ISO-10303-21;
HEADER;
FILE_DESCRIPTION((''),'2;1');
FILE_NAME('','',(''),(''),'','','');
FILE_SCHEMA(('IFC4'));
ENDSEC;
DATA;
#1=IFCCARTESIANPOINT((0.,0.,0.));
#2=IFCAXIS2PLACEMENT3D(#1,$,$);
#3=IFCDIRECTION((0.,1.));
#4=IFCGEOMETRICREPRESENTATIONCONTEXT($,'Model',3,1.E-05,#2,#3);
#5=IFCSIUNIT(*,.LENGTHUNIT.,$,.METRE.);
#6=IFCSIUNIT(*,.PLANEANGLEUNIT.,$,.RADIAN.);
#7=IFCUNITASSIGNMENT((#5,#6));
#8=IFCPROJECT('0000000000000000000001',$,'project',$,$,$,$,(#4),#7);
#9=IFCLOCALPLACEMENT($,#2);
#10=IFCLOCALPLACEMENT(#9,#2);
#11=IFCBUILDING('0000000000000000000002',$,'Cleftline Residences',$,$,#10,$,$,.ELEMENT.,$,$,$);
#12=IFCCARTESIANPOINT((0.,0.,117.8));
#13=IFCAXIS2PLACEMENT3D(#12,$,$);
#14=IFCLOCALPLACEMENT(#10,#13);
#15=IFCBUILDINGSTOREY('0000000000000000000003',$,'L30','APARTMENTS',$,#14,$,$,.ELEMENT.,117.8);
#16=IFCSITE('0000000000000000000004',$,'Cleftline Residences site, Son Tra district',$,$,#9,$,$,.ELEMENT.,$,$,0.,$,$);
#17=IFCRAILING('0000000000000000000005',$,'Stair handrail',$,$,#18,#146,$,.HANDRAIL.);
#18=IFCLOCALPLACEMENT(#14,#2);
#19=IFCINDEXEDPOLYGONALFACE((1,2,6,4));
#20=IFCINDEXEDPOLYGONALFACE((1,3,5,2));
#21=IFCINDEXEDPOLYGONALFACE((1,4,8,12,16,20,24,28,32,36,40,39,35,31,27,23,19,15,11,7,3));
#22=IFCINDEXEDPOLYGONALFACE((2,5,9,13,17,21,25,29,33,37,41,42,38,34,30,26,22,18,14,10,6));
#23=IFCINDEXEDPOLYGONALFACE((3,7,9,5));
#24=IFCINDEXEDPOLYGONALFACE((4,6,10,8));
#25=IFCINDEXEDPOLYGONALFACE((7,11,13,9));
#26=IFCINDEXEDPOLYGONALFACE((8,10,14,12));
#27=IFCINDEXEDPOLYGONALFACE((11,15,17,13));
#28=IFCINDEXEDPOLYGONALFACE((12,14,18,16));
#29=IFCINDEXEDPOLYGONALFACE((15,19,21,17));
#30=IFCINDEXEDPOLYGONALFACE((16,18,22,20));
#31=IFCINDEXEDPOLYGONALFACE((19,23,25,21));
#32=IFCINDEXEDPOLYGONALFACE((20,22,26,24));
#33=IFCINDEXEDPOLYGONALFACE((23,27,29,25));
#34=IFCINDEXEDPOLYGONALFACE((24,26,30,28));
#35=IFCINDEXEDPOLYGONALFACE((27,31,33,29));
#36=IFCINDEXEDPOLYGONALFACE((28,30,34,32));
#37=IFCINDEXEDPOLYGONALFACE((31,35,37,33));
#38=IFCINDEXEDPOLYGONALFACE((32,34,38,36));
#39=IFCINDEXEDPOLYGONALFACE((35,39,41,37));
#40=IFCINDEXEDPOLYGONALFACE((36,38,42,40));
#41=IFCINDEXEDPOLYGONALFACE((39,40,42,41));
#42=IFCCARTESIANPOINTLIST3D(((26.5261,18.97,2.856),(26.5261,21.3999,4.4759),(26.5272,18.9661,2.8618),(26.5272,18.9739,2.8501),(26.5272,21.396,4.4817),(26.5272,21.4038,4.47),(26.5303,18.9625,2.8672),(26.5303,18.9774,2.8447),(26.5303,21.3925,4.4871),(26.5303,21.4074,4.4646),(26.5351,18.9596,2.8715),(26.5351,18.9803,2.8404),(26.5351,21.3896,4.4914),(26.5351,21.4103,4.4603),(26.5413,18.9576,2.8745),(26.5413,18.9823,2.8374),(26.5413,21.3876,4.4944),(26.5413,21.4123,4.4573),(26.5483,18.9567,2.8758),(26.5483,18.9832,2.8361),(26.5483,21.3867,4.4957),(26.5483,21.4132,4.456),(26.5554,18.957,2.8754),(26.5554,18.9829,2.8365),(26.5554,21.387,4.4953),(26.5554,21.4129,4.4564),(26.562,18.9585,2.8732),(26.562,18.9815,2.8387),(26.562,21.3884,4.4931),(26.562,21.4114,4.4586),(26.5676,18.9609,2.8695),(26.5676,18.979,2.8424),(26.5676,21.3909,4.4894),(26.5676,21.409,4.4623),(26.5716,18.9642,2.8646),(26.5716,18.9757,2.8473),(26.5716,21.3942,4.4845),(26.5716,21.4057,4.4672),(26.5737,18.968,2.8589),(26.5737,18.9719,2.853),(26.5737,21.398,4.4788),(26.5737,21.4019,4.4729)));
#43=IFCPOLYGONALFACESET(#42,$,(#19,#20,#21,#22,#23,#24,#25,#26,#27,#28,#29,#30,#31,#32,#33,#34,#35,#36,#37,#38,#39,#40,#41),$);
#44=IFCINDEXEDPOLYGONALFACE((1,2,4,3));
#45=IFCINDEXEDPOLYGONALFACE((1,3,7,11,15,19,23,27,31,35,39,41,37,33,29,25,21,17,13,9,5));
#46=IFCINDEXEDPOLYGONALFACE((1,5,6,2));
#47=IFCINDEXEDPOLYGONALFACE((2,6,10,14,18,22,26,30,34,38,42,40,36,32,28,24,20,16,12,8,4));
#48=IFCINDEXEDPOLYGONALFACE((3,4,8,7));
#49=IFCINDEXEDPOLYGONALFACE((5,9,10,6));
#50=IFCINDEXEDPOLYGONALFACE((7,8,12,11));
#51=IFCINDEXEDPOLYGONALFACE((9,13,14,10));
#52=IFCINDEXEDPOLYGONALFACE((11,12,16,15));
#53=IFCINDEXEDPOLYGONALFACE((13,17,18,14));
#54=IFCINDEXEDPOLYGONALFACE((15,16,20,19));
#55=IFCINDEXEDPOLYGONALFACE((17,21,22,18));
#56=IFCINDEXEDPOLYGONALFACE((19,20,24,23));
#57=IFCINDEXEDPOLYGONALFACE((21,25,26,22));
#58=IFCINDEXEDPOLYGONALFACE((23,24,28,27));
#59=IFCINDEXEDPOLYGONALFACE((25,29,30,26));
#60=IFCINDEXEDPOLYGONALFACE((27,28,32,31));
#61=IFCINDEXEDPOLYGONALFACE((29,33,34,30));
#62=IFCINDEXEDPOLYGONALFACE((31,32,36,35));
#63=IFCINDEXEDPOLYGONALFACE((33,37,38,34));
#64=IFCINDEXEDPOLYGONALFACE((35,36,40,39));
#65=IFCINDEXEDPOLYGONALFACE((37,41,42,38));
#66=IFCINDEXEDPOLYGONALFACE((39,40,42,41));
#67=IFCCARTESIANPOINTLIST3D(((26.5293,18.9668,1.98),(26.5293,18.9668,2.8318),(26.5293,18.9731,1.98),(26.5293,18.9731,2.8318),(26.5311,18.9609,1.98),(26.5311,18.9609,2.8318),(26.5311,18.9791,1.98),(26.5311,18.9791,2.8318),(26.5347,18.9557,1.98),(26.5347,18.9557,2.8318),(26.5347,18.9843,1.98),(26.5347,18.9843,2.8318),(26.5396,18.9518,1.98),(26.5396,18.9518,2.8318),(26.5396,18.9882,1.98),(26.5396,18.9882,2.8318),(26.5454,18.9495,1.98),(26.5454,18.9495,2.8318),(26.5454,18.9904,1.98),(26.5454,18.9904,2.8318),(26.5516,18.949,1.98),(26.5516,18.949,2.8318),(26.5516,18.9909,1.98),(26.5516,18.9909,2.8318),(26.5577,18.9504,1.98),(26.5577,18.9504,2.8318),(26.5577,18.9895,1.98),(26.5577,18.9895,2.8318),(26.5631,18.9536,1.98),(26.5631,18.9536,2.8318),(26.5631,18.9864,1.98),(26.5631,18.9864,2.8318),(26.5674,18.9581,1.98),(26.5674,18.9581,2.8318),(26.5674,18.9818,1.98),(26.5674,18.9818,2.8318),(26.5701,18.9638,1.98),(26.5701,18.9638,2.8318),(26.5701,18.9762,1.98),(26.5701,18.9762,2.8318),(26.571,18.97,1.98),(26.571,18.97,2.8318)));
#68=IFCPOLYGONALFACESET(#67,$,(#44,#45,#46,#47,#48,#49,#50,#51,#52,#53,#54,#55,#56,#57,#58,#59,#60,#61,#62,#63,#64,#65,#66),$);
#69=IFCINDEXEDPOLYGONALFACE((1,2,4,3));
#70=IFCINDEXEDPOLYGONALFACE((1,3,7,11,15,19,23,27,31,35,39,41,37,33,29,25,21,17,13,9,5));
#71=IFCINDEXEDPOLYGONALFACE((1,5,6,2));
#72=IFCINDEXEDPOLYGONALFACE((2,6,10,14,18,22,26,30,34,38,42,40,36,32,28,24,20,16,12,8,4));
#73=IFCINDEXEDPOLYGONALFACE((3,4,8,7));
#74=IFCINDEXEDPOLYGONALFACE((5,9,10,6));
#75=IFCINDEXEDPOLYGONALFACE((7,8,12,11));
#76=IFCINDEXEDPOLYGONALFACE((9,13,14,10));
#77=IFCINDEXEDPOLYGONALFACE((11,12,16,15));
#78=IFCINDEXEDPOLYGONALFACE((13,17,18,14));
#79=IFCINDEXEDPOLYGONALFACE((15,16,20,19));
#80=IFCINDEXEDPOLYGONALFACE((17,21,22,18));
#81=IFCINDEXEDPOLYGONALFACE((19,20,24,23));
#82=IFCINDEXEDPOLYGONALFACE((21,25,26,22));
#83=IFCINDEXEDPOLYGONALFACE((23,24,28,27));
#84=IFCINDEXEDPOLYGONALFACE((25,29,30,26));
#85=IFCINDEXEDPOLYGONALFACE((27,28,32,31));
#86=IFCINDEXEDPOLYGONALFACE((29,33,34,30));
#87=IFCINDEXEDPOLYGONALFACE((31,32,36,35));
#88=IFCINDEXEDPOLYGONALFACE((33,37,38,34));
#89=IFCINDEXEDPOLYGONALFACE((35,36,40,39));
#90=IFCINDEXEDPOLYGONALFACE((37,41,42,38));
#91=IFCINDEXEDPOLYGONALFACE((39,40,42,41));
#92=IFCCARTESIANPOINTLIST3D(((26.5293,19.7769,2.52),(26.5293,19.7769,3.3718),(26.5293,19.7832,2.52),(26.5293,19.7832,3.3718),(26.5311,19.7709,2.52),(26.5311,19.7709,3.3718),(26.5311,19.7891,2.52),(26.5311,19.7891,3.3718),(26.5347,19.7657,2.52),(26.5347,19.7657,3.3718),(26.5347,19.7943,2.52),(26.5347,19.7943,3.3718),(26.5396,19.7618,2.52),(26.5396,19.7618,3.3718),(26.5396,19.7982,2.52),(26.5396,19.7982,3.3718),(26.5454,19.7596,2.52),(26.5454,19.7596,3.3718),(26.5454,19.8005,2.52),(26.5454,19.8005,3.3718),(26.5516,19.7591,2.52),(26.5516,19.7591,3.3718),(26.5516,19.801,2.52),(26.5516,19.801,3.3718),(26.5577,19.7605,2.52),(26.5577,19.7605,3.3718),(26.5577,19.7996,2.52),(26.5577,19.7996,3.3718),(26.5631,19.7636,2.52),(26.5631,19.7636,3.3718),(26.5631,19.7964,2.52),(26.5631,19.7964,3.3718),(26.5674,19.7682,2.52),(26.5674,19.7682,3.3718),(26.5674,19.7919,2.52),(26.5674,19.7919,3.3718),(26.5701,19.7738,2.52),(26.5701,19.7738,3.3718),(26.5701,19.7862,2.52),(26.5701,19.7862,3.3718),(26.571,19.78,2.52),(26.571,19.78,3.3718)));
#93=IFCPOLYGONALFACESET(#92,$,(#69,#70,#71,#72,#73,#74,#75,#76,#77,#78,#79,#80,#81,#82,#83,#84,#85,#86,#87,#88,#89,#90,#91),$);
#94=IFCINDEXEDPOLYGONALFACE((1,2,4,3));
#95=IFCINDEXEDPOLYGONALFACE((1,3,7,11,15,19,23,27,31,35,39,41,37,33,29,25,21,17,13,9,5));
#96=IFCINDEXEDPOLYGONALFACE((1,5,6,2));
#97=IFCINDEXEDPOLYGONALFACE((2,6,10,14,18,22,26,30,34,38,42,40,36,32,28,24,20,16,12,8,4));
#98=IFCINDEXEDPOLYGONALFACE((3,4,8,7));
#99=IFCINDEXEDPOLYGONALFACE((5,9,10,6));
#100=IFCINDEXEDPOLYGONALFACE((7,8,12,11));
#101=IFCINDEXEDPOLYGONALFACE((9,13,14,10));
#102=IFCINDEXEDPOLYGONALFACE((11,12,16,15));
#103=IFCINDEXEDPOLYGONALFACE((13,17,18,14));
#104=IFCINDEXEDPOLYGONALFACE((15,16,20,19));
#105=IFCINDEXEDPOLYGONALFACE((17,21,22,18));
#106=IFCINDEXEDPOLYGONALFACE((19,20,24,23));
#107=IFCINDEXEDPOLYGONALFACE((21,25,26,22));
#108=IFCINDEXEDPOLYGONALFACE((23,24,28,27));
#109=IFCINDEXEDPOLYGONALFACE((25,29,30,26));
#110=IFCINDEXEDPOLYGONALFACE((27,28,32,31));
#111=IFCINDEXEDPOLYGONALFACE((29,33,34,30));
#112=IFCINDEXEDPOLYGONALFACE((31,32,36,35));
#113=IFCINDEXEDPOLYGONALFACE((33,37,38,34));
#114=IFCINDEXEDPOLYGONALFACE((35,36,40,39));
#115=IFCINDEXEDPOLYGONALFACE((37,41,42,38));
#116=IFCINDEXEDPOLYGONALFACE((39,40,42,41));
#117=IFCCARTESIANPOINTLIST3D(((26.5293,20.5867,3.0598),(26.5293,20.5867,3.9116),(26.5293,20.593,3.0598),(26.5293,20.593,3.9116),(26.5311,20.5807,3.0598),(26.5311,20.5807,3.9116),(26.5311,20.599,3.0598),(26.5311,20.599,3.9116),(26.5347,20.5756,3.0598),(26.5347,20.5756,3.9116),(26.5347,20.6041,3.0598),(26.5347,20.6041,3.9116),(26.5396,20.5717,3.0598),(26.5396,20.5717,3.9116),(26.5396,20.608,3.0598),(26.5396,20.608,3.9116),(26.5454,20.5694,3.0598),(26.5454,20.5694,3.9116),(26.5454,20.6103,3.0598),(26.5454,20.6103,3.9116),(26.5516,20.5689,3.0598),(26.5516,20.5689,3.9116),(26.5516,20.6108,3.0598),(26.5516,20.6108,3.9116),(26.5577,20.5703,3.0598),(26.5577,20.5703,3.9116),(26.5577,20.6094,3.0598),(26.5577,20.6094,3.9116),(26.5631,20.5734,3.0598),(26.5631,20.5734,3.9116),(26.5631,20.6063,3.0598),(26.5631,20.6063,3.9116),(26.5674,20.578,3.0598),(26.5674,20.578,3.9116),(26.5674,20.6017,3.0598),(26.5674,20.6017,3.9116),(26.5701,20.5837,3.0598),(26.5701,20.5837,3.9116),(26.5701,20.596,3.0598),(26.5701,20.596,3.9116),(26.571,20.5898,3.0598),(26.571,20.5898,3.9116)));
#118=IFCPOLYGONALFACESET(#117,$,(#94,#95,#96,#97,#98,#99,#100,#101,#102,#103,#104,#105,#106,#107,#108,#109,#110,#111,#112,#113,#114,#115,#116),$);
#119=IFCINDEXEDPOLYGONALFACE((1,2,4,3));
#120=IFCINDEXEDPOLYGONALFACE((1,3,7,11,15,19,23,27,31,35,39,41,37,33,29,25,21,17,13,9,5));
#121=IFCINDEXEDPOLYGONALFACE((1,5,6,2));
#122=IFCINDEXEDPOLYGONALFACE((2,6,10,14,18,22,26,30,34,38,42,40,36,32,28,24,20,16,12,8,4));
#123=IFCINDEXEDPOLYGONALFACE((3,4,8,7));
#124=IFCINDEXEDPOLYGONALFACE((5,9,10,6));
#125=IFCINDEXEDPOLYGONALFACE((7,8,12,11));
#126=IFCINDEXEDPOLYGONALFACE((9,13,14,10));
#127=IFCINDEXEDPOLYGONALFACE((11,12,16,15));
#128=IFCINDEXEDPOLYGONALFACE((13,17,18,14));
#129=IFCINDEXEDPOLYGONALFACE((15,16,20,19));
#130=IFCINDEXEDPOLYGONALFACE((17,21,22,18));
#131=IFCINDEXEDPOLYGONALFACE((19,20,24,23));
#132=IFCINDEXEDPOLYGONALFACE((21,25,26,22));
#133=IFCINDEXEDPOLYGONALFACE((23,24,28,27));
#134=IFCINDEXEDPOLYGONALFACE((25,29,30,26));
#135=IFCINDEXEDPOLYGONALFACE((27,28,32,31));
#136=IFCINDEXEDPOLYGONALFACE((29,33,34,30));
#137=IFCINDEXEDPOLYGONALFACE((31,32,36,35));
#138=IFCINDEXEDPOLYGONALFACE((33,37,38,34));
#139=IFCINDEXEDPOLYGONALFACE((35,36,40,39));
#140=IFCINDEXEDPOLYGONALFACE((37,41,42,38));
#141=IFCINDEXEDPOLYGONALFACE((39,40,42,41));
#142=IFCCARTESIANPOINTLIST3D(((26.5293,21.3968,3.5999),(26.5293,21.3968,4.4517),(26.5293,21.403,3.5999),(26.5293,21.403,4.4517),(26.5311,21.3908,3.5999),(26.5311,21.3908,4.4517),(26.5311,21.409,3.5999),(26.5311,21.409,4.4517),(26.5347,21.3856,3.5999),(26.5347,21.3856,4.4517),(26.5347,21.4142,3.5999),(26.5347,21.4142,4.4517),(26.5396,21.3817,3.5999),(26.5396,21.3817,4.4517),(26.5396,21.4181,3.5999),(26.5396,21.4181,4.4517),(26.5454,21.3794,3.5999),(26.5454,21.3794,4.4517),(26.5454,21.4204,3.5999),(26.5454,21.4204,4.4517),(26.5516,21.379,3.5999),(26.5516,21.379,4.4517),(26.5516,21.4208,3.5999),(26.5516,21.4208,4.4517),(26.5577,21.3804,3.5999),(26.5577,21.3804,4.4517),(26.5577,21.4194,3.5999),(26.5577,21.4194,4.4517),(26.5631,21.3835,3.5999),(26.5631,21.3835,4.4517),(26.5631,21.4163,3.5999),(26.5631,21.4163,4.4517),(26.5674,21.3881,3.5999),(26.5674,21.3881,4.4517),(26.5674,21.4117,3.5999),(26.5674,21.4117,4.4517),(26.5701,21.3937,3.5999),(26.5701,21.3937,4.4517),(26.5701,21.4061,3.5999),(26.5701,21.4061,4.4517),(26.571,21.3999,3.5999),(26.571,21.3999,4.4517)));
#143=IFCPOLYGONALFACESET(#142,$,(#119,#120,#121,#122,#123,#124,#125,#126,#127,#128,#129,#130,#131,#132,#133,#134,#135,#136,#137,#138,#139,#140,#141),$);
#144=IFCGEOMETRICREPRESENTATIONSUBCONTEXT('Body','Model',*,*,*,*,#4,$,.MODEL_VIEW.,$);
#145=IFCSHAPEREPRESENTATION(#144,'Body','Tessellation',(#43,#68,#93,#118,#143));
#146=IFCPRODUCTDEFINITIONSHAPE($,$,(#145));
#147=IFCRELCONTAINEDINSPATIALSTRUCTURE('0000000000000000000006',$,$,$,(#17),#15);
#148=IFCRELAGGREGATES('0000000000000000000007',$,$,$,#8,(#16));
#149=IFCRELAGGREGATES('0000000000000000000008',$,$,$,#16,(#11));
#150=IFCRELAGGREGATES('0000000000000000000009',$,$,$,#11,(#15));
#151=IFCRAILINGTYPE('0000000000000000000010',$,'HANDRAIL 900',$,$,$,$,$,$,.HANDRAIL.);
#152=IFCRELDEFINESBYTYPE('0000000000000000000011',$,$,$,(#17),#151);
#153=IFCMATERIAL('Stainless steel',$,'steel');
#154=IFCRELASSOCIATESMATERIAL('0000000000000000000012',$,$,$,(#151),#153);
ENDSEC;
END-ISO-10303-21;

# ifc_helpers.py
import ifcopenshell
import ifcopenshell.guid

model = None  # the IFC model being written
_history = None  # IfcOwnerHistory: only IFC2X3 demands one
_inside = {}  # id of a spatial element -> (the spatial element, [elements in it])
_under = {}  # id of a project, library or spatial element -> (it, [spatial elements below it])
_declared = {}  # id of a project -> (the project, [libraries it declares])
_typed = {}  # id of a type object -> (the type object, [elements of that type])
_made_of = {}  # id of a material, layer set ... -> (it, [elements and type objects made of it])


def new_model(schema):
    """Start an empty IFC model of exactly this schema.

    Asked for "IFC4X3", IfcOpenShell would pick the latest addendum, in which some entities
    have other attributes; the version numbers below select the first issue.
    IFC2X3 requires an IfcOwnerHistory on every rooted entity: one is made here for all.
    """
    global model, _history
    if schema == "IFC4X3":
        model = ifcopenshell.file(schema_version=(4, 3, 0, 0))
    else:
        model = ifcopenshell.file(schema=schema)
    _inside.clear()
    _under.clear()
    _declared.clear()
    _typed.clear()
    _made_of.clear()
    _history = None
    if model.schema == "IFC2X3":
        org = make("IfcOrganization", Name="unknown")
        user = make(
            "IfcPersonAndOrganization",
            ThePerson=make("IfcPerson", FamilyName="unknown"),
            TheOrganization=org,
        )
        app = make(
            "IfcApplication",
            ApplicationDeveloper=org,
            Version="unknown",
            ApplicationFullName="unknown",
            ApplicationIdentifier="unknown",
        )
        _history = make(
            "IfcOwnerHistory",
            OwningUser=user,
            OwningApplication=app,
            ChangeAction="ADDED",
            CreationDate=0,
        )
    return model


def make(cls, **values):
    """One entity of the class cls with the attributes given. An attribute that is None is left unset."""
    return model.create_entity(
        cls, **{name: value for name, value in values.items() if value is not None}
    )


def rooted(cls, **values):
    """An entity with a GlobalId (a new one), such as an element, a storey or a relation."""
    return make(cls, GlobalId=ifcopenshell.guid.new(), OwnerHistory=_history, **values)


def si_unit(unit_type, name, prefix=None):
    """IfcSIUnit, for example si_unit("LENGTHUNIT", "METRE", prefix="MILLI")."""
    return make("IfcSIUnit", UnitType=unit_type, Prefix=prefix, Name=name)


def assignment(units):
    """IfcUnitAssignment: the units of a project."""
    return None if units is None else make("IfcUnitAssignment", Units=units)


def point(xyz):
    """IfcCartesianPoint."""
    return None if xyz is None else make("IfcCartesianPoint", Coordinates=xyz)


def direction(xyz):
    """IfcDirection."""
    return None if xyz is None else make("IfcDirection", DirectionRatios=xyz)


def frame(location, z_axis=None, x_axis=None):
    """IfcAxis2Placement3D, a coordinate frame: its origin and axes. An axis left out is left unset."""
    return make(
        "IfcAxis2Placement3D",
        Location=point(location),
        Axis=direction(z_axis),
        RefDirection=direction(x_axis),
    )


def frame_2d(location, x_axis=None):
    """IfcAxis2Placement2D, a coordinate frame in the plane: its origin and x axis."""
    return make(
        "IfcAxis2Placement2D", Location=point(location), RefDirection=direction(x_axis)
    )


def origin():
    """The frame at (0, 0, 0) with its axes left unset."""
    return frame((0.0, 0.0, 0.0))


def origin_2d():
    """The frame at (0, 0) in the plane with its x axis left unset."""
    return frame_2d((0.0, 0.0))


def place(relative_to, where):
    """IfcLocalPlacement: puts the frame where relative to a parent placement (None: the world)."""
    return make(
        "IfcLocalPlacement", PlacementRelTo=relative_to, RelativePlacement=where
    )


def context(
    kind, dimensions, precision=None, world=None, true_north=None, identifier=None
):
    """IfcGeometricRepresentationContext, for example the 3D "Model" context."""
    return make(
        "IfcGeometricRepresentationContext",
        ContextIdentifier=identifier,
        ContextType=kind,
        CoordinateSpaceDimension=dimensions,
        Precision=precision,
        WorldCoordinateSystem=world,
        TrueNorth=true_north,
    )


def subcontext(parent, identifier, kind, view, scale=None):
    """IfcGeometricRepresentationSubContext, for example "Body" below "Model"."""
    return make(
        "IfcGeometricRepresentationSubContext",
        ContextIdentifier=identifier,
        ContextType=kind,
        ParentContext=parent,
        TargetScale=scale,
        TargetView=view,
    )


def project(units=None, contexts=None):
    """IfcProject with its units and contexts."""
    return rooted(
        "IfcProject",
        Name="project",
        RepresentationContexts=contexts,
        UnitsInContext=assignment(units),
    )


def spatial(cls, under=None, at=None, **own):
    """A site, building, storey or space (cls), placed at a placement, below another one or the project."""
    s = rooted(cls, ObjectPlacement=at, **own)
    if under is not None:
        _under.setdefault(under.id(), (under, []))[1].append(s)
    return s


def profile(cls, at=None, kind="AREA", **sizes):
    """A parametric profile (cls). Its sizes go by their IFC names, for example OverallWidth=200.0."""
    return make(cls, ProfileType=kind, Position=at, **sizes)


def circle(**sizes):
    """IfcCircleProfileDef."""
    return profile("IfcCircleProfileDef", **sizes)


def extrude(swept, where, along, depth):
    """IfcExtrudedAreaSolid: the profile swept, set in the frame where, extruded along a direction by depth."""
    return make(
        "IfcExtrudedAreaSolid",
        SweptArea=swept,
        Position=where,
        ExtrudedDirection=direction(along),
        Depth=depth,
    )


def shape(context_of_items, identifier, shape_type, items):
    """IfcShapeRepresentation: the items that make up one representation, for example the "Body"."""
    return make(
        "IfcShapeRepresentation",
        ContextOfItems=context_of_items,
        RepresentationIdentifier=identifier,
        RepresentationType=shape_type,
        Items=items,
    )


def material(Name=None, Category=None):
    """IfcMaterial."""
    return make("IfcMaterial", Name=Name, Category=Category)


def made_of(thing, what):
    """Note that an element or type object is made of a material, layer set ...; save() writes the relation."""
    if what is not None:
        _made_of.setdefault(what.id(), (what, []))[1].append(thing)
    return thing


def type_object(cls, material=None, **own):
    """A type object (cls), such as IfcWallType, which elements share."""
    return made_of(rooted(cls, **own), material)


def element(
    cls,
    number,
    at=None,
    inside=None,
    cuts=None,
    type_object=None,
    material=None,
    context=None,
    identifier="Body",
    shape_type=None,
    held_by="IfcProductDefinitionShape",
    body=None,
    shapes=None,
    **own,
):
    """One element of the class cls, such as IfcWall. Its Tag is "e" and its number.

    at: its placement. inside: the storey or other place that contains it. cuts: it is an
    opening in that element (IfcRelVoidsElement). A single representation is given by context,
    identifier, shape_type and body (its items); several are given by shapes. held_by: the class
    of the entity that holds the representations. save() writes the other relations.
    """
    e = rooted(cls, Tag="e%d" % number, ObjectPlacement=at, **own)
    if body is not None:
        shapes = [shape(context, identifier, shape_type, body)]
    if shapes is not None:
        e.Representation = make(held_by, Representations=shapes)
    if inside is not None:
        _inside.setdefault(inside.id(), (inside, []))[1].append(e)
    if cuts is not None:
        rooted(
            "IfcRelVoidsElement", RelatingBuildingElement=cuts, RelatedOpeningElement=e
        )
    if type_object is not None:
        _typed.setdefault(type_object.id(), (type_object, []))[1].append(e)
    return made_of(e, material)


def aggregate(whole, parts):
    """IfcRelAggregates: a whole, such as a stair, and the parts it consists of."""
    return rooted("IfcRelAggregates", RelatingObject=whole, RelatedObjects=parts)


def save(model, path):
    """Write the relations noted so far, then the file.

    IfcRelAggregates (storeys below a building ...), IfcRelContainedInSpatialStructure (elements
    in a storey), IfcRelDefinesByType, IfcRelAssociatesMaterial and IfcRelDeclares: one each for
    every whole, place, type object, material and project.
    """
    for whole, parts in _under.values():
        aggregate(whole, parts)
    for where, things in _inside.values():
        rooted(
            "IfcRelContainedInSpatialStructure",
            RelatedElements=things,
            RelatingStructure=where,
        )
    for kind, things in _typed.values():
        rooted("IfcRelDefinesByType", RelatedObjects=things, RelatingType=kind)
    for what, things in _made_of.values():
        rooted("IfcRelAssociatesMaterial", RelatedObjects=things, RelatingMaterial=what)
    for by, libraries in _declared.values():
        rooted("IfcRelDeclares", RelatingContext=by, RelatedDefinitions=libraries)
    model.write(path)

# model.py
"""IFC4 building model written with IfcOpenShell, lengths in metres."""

from ifc_helpers import new_model, si_unit, direction, frame, origin, origin_2d, place, context, subcontext, project, spatial, circle, extrude, material, type_object, element, save


model = new_model("IFC4")

# Units and contexts
model_context = context("Model", 3, precision=1e-05, world=origin(), true_north=direction((0.0, 1.0)))
body_context = subcontext(model_context, "Body", "Model", "MODEL_VIEW")
ifc_project = project(units=[si_unit("LENGTHUNIT", "METRE"), si_unit("PLANEANGLEUNIT", "RADIAN")], contexts=[model_context])

# Site, building, storey
site_placement = place(None, origin())
site = spatial("IfcSite", under=ifc_project, at=site_placement, Name="Cleftline Residences site, Son Tra district", CompositionType="ELEMENT", RefElevation=0.0)
building_placement = place(site_placement, origin())
building = spatial("IfcBuilding", under=site, at=building_placement, Name="Cleftline Residences", CompositionType="ELEMENT")
storey_placement = place(building_placement, frame((0.0, 0.0, 117.8)))
storey = spatial("IfcBuildingStorey", under=building, at=storey_placement, Name="L30", Description="APARTMENTS", CompositionType="ELEMENT", Elevation=117.8)

# Railing
ifc_material_1 = material(Name="Stainless steel", Category="steel")
railing_type = type_object("IfcRailingType", Name="HANDRAIL 900", PredefinedType="HANDRAIL", material=ifc_material_1)
railing_1_placement = place(storey_placement, frame((26.55, 18.97, 1.98)))
element("IfcRailing", 1, at=railing_1_placement, inside=storey, type_object=railing_type, Name="Stair handrail", PredefinedType="HANDRAIL", context=body_context, shape_type="SweptSolid", body=[
    extrude(circle(Radius=0.0239, at=origin_2d()), frame((0.0, 0.0, 0.876), z_axis=(0.0, 0.832063, 0.554681), x_axis=(-1.0, 0.0, 0.0)), (0.0, 0.0, 1.0), 2.9204),
    extrude(circle(Radius=0.021, at=origin_2d()), origin(), (0.0, 0.0, 1.0), 0.8518),
    extrude(circle(Radius=0.021, at=origin_2d()), frame((0.0, 0.8101, 0.54)), (0.0, 0.0, 1.0), 0.8518),
    extrude(circle(Radius=0.021, at=origin_2d()), frame((0.0, 1.6199, 1.0798)), (0.0, 0.0, 1.0), 0.8518),
    extrude(circle(Radius=0.021, at=origin_2d()), frame((0.0, 2.4299, 1.6199)), (0.0, 0.0, 1.0), 0.8518),
])

save(model, "model.ifc")
